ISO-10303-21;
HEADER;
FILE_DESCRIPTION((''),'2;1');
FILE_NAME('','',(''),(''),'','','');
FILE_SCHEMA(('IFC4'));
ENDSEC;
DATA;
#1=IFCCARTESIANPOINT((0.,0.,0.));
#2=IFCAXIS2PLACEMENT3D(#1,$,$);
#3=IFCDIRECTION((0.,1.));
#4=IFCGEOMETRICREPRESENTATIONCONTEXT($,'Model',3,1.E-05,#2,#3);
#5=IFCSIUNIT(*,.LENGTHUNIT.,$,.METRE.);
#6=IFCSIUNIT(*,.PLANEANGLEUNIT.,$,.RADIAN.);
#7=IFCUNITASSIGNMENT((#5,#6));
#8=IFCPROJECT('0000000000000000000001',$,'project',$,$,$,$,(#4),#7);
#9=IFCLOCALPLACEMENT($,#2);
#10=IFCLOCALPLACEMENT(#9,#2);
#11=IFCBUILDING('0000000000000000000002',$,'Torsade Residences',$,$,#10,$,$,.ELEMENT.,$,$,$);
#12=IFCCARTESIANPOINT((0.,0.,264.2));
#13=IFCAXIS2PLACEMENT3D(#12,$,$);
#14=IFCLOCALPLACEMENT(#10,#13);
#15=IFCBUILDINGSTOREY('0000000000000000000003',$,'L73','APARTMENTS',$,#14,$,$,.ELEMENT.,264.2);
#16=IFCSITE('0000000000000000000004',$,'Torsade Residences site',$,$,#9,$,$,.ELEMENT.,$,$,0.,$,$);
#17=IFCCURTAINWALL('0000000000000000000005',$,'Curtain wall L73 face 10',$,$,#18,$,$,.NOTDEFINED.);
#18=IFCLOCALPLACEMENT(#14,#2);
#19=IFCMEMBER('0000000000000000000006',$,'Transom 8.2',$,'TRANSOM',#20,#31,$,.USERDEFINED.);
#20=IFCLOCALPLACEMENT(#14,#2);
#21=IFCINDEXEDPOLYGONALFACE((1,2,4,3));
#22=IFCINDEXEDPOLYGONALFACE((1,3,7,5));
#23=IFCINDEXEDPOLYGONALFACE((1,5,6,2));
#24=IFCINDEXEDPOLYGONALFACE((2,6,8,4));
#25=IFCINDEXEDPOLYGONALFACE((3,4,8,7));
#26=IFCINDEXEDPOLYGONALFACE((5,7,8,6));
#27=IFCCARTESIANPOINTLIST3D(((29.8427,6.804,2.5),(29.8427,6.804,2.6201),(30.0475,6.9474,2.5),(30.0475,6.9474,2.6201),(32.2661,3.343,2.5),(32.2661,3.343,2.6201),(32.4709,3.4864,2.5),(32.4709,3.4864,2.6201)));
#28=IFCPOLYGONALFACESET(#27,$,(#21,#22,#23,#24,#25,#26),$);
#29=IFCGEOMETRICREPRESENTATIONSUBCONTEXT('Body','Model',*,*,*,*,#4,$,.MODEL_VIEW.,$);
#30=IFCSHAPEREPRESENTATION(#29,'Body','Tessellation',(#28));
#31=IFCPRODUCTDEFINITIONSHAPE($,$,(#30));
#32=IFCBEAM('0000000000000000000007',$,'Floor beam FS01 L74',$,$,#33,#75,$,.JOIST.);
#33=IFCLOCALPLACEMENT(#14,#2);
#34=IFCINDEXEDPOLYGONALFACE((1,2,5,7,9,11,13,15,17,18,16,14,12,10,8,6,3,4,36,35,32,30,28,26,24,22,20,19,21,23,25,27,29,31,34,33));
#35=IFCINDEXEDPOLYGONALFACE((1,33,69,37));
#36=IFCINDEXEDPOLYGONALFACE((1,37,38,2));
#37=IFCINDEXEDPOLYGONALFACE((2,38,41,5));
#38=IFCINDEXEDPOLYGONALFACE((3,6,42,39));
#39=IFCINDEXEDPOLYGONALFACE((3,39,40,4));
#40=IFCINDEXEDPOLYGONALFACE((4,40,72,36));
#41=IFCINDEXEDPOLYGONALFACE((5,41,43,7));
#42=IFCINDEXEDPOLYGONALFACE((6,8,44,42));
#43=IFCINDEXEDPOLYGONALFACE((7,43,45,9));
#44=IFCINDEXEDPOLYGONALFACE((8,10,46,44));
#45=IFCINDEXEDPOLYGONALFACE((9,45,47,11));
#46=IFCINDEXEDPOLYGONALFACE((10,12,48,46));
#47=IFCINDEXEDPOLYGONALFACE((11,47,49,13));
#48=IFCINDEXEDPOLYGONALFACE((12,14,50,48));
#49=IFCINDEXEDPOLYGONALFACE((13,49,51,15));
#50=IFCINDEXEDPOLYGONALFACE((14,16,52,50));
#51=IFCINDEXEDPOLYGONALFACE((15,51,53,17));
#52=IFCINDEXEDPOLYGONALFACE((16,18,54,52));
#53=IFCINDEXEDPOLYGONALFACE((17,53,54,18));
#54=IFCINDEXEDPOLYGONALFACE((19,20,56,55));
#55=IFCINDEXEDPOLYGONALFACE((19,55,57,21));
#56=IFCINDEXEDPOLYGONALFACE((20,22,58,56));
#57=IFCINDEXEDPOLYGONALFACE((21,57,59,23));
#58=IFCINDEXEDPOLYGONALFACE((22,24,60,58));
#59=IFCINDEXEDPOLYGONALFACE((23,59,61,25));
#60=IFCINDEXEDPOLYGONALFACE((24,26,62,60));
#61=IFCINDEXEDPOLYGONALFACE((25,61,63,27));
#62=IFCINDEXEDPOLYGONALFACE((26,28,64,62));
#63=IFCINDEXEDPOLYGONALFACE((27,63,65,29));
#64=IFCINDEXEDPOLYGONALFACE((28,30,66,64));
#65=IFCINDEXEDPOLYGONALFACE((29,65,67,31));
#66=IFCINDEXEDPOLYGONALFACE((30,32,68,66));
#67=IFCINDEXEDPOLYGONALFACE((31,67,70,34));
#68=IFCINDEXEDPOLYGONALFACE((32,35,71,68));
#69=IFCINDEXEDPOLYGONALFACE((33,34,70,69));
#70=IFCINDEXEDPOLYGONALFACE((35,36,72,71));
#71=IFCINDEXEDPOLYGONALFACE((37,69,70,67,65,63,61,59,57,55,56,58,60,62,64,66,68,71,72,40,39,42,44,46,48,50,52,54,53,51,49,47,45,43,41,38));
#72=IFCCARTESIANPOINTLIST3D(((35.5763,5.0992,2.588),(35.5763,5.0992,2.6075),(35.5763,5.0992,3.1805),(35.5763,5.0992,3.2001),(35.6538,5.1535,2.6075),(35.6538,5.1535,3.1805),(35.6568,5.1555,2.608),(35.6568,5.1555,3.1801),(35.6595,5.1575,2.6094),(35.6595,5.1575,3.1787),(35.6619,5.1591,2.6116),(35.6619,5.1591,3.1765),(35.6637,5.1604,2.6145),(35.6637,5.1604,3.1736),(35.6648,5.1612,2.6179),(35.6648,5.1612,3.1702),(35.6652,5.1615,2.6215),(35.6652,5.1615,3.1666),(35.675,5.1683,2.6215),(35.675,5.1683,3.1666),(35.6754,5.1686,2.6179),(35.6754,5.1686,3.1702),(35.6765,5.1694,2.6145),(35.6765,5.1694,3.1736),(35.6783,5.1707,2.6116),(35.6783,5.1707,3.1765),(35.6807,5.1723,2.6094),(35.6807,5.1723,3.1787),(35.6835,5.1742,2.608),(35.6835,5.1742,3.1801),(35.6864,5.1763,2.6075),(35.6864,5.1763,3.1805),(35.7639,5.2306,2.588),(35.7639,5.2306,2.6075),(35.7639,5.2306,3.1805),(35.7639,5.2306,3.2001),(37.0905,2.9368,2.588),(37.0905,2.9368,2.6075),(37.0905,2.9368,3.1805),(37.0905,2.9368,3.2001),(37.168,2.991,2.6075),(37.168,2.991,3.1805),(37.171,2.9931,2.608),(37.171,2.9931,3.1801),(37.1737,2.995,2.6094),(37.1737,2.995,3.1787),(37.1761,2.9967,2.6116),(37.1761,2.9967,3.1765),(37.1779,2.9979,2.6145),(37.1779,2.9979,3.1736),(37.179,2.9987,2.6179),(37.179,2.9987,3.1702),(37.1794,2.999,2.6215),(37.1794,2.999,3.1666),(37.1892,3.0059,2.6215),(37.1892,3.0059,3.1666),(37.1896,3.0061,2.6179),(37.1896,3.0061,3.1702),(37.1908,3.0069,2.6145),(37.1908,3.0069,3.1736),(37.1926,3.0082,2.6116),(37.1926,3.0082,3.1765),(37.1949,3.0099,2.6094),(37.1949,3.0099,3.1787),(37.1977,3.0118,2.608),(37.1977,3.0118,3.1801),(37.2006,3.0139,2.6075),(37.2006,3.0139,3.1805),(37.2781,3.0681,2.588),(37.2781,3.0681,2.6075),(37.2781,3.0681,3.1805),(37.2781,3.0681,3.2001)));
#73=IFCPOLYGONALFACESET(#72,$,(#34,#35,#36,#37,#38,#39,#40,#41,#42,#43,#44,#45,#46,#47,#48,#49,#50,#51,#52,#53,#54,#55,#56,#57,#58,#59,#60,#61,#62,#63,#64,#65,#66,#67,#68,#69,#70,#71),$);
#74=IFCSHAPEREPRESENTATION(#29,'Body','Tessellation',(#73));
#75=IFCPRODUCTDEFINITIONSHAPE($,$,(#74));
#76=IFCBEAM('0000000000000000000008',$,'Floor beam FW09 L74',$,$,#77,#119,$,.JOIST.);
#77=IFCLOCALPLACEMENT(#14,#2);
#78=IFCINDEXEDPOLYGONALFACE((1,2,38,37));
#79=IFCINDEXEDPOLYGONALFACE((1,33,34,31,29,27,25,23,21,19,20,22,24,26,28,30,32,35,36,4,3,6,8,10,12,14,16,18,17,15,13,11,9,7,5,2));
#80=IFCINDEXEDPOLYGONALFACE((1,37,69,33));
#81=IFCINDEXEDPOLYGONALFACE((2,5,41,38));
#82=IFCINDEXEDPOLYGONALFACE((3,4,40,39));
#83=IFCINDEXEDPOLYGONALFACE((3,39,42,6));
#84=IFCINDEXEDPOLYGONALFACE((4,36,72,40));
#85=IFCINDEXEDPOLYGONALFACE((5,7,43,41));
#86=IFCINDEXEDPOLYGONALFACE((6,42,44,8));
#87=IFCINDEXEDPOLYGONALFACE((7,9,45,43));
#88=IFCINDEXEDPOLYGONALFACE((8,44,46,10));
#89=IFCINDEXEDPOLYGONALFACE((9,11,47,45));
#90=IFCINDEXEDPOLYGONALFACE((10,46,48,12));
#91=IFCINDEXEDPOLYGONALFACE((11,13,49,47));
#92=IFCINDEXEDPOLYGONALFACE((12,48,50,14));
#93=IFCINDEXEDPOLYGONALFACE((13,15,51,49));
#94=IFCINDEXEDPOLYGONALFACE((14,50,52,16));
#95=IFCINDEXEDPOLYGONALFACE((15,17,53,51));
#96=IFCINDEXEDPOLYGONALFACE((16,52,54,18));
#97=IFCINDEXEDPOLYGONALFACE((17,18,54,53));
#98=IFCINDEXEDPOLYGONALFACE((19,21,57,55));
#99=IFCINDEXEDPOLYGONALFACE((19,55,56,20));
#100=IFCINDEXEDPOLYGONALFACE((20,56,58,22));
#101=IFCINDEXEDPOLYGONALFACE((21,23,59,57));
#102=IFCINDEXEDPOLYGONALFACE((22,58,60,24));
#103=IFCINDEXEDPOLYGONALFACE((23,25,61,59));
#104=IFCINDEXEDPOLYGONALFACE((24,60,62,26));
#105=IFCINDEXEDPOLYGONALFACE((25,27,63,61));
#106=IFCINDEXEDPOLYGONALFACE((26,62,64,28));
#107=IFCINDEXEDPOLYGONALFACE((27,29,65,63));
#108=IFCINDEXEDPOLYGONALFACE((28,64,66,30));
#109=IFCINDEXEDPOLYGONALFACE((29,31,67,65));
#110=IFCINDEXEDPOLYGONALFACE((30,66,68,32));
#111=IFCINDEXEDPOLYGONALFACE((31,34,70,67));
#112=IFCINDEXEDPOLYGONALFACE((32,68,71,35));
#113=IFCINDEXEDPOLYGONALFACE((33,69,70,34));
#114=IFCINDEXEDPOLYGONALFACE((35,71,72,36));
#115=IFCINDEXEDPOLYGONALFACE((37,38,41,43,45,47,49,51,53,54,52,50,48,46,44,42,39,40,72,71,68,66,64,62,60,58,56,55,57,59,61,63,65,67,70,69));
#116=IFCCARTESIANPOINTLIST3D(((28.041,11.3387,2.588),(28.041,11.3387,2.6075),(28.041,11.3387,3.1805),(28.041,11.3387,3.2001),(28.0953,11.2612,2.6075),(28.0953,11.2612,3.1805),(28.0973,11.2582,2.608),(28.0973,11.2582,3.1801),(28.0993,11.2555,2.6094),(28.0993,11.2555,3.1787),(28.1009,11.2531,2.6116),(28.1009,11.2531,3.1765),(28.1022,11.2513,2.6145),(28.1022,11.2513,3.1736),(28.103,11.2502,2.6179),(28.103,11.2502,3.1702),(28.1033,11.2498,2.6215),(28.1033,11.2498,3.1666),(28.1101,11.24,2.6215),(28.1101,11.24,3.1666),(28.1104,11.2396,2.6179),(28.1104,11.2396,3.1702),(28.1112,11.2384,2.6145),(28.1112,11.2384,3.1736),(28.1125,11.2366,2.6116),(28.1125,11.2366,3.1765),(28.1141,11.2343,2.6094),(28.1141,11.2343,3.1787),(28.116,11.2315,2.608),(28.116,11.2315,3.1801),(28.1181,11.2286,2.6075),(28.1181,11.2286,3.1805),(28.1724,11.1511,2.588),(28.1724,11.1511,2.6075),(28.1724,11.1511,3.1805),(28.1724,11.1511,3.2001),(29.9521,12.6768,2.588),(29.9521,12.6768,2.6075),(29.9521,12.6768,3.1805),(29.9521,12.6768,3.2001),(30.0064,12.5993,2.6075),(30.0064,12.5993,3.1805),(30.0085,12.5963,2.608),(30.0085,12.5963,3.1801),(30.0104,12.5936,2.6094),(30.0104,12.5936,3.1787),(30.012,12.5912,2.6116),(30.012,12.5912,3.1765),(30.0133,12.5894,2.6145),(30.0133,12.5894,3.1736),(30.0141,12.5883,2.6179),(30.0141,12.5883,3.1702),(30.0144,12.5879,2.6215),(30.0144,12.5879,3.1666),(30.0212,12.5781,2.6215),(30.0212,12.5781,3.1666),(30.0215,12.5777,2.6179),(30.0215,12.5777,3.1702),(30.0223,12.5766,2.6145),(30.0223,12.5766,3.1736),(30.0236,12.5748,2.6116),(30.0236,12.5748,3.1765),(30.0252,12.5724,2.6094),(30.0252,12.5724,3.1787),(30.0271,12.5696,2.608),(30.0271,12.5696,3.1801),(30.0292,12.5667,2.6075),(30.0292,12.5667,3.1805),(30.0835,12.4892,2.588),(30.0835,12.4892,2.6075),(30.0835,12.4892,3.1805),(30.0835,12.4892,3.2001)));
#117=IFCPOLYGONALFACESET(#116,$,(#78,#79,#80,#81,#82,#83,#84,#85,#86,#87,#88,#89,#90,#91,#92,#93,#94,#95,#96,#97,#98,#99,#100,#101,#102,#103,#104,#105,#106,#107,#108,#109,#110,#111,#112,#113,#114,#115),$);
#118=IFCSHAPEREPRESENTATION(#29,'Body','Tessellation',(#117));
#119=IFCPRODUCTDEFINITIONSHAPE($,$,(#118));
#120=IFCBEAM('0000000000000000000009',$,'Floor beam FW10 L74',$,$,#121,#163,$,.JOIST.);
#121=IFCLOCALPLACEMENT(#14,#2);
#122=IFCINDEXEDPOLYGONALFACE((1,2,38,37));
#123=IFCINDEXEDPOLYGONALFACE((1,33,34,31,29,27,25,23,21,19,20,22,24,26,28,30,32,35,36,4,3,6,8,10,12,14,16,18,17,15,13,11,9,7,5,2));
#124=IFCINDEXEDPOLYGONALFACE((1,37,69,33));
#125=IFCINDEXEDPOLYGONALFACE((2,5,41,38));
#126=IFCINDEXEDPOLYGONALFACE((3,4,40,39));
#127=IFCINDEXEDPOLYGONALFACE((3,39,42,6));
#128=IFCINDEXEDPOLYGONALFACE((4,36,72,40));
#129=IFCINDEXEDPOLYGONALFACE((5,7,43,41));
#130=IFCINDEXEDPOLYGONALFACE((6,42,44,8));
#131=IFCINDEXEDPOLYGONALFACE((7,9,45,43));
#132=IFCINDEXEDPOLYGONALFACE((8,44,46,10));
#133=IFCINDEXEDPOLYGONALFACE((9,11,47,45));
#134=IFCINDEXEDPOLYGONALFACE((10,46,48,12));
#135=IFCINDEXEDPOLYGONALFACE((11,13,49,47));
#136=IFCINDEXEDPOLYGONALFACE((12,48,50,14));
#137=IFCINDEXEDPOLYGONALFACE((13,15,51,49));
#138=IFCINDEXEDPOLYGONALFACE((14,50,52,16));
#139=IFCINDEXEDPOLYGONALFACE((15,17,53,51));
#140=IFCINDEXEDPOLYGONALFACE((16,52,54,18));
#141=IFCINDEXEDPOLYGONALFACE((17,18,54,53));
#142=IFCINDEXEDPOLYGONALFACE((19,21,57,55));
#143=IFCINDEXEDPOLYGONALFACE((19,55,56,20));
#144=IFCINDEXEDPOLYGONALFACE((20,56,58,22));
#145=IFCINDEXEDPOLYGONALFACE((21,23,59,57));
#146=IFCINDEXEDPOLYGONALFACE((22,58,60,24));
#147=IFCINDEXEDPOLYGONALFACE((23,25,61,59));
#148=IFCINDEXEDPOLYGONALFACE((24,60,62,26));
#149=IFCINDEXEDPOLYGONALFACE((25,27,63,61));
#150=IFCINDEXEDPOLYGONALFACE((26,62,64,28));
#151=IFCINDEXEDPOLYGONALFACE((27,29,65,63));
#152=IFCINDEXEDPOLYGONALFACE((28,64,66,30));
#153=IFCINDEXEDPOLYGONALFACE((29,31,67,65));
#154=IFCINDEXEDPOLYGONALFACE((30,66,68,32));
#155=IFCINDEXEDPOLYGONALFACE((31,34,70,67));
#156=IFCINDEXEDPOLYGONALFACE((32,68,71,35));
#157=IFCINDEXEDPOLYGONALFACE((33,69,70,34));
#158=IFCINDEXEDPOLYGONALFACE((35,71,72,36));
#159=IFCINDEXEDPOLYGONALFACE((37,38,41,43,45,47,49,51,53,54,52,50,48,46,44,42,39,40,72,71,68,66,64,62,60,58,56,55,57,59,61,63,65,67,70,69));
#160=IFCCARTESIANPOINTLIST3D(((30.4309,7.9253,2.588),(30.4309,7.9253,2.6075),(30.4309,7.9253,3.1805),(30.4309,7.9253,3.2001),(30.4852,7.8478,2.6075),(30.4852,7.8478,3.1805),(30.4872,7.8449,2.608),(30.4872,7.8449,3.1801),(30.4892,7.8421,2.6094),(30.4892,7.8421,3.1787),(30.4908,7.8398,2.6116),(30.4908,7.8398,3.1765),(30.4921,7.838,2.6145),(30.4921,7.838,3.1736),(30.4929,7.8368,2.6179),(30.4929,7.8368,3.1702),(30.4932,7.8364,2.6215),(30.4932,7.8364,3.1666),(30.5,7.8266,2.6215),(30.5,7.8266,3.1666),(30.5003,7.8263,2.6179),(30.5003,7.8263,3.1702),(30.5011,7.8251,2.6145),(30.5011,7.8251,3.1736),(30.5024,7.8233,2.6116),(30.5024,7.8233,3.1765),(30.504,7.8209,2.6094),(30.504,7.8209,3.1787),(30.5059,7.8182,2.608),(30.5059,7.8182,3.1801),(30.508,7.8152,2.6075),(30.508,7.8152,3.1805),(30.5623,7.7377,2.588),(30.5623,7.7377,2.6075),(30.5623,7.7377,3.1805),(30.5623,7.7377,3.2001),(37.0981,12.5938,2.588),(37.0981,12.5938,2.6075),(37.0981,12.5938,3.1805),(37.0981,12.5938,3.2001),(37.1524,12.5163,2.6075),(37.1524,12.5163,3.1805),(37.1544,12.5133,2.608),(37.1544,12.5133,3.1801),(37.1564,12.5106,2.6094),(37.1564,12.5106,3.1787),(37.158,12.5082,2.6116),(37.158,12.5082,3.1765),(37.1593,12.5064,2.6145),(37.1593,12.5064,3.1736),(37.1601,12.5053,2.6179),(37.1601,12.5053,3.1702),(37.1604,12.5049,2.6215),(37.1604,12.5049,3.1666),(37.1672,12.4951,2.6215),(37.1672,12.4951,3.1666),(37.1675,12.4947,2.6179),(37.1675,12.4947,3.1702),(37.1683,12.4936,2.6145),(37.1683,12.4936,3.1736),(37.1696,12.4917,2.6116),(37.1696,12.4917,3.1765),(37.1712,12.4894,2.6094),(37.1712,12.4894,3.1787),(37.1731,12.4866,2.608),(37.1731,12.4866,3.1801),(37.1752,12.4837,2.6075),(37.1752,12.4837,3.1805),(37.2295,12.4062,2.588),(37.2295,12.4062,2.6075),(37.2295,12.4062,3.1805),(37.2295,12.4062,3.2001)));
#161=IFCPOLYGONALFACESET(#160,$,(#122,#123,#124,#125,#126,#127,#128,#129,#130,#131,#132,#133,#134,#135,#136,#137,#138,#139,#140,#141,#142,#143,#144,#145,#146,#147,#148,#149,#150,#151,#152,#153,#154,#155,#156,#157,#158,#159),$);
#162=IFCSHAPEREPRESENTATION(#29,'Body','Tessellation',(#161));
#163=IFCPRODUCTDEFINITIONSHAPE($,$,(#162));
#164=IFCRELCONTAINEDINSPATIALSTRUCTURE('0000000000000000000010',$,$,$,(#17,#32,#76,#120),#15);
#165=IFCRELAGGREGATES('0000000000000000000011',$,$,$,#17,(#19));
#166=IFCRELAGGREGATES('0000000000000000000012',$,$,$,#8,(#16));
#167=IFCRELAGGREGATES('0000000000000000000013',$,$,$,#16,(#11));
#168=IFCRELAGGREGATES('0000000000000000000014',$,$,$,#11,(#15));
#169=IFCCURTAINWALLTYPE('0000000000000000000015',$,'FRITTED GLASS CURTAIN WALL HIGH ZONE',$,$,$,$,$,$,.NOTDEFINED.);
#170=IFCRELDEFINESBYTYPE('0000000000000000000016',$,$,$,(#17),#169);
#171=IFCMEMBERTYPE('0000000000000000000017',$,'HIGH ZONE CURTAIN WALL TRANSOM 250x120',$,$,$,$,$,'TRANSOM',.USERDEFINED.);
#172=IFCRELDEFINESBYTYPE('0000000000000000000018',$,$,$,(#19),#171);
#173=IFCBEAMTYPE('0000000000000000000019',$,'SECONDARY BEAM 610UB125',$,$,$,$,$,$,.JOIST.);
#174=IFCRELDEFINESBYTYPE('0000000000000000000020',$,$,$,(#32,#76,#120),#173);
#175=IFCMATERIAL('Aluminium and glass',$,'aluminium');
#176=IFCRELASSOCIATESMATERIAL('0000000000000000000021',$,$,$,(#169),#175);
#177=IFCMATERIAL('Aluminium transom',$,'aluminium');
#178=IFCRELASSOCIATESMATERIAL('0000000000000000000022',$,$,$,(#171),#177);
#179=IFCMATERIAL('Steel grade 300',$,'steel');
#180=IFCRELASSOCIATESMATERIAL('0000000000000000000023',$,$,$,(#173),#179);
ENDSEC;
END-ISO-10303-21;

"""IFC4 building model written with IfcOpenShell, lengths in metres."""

from ifc_helpers import new_model, si_unit, direction, frame, origin, origin_2d, place, context, subcontext, project, spatial, rectangle, i_section, extrude, material, material_profile, profile_set, type_object, element, aggregate, save


model = new_model("IFC4")

# Units and contexts
model_context = context("Model", 3, precision=1e-05, world=origin(), true_north=direction((0.0, 1.0)))
body_context = subcontext(model_context, "Body", "Model", "MODEL_VIEW")
ifc_project = project(units=[si_unit("LENGTHUNIT", "METRE"), si_unit("PLANEANGLEUNIT", "RADIAN")], contexts=[model_context])

# Site, building, storey
site_placement = place(None, origin())
site = spatial("IfcSite", under=ifc_project, at=site_placement, Name="Torsade Residences site", CompositionType="ELEMENT", RefElevation=0.0)
building_placement = place(site_placement, origin())
building = spatial("IfcBuilding", under=site, at=building_placement, Name="Torsade Residences", CompositionType="ELEMENT")
storey_placement = place(building_placement, frame((0.0, 0.0, 264.2)))
storey = spatial("IfcBuildingStorey", under=building, at=storey_placement, Name="L73", Description="APARTMENTS", CompositionType="ELEMENT", Elevation=264.2)

# Shared definitions
ifc_material_1 = material(Name="Aluminium and glass", Category="aluminium")
curtain_wall_type = type_object("IfcCurtainWallType", Name="FRITTED GLASS CURTAIN WALL HIGH ZONE", PredefinedType="NOTDEFINED", material=ifc_material_1)

# Curtain wall
curtain_wall_1_placement = place(storey_placement, origin())
curtain_wall_1 = element("IfcCurtainWall", 1, at=curtain_wall_1_placement, inside=storey, type_object=curtain_wall_type, Name="Curtain wall L73 face 10", PredefinedType="NOTDEFINED")

# Member
ifc_material_2 = material(Name="Aluminium transom", Category="aluminium")
ifc_material_profile_1 = material_profile(ifc_material_2, rectangle(XDim=0.25, YDim=0.1201, at=origin_2d()), Name="HIGH ZONE CURTAIN WALL TRANSOM 250x120")
ifc_profile_set_1 = profile_set([ifc_material_profile_1], Name="Aluminium transom")
member_type_1 = type_object("IfcMemberType", Name="HIGH ZONE CURTAIN WALL TRANSOM 250x120", ElementType="TRANSOM", PredefinedType="USERDEFINED", material=ifc_profile_set_1)
member_1_placement = place(storey_placement, frame((29.9451, 6.8757, 2.5601), z_axis=(0.573571, -0.819156, 0.0), x_axis=(0.819156, 0.573571, 0.0)))
member_1 = element("IfcMember", 2, at=member_1_placement, type_object=member_type_1, Name="Transom 8.2", ObjectType="TRANSOM", PredefinedType="USERDEFINED", context=body_context, shape_type="SweptSolid", body=[
    extrude(rectangle(XDim=0.25, YDim=0.1201, at=origin_2d()), origin(), (0.0, 0.0, 1.0), 4.2251),
])

# Beams
ifc_material_3 = material(Name="Steel grade 300", Category="steel")
ifc_material_profile_2 = material_profile(ifc_material_3, i_section(OverallWidth=0.229, OverallDepth=0.6121, WebThickness=0.012, FlangeThickness=0.0195, FilletRadius=0.0139, at=origin_2d()), Name="610UB125")
ifc_profile_set_2 = profile_set([ifc_material_profile_2], Name="Steel grade 300")
beam_type_1 = type_object("IfcBeamType", Name="SECONDARY BEAM 610UB125", PredefinedType="JOIST", material=ifc_profile_set_2)
beam_1_placement = place(storey_placement, frame((37.1843, 3.0024, 2.894), z_axis=(-0.573593, 0.819141, 0.0), x_axis=(-0.819141, -0.573593, 0.0)))
element("IfcBeam", 3, at=beam_1_placement, inside=storey, type_object=beam_type_1, Name="Floor beam FS01 L74", PredefinedType="JOIST", context=body_context, shape_type="SweptSolid", body=[
    extrude(i_section(OverallWidth=0.229, OverallDepth=0.6121, WebThickness=0.012, FlangeThickness=0.0195, FilletRadius=0.0139, at=origin_2d()), origin(), (0.0, 0.0, 1.0), 2.6399),
])
beam_2_placement = place(storey_placement, frame((28.1067, 11.2449, 2.894), z_axis=(0.819163, 0.573561, 0.0), x_axis=(-0.573561, 0.819163, 0.0)))
element("IfcBeam", 4, at=beam_2_placement, inside=storey, type_object=beam_type_1, Name="Floor beam FW09 L74", PredefinedType="JOIST", context=body_context, shape_type="SweptSolid", body=[
    extrude(i_section(OverallWidth=0.229, OverallDepth=0.6121, WebThickness=0.012, FlangeThickness=0.0195, FilletRadius=0.0139, at=origin_2d()), origin(), (0.0, 0.0, 1.0), 2.333),
])
beam_3_placement = place(storey_placement, frame((30.4966, 7.8315, 2.894), z_axis=(0.819152, 0.573577, 0.0), x_axis=(-0.573577, 0.819152, 0.0)))
element("IfcBeam", 5, at=beam_3_placement, inside=storey, type_object=beam_type_1, Name="Floor beam FW10 L74", PredefinedType="JOIST", context=body_context, shape_type="SweptSolid", body=[
    extrude(i_section(OverallWidth=0.229, OverallDepth=0.6121, WebThickness=0.012, FlangeThickness=0.0195, FilletRadius=0.0139, at=origin_2d()), origin(), (0.0, 0.0, 1.0), 8.1392),
])

aggregate(curtain_wall_1, [member_1])

save(model, "model.ifc")
